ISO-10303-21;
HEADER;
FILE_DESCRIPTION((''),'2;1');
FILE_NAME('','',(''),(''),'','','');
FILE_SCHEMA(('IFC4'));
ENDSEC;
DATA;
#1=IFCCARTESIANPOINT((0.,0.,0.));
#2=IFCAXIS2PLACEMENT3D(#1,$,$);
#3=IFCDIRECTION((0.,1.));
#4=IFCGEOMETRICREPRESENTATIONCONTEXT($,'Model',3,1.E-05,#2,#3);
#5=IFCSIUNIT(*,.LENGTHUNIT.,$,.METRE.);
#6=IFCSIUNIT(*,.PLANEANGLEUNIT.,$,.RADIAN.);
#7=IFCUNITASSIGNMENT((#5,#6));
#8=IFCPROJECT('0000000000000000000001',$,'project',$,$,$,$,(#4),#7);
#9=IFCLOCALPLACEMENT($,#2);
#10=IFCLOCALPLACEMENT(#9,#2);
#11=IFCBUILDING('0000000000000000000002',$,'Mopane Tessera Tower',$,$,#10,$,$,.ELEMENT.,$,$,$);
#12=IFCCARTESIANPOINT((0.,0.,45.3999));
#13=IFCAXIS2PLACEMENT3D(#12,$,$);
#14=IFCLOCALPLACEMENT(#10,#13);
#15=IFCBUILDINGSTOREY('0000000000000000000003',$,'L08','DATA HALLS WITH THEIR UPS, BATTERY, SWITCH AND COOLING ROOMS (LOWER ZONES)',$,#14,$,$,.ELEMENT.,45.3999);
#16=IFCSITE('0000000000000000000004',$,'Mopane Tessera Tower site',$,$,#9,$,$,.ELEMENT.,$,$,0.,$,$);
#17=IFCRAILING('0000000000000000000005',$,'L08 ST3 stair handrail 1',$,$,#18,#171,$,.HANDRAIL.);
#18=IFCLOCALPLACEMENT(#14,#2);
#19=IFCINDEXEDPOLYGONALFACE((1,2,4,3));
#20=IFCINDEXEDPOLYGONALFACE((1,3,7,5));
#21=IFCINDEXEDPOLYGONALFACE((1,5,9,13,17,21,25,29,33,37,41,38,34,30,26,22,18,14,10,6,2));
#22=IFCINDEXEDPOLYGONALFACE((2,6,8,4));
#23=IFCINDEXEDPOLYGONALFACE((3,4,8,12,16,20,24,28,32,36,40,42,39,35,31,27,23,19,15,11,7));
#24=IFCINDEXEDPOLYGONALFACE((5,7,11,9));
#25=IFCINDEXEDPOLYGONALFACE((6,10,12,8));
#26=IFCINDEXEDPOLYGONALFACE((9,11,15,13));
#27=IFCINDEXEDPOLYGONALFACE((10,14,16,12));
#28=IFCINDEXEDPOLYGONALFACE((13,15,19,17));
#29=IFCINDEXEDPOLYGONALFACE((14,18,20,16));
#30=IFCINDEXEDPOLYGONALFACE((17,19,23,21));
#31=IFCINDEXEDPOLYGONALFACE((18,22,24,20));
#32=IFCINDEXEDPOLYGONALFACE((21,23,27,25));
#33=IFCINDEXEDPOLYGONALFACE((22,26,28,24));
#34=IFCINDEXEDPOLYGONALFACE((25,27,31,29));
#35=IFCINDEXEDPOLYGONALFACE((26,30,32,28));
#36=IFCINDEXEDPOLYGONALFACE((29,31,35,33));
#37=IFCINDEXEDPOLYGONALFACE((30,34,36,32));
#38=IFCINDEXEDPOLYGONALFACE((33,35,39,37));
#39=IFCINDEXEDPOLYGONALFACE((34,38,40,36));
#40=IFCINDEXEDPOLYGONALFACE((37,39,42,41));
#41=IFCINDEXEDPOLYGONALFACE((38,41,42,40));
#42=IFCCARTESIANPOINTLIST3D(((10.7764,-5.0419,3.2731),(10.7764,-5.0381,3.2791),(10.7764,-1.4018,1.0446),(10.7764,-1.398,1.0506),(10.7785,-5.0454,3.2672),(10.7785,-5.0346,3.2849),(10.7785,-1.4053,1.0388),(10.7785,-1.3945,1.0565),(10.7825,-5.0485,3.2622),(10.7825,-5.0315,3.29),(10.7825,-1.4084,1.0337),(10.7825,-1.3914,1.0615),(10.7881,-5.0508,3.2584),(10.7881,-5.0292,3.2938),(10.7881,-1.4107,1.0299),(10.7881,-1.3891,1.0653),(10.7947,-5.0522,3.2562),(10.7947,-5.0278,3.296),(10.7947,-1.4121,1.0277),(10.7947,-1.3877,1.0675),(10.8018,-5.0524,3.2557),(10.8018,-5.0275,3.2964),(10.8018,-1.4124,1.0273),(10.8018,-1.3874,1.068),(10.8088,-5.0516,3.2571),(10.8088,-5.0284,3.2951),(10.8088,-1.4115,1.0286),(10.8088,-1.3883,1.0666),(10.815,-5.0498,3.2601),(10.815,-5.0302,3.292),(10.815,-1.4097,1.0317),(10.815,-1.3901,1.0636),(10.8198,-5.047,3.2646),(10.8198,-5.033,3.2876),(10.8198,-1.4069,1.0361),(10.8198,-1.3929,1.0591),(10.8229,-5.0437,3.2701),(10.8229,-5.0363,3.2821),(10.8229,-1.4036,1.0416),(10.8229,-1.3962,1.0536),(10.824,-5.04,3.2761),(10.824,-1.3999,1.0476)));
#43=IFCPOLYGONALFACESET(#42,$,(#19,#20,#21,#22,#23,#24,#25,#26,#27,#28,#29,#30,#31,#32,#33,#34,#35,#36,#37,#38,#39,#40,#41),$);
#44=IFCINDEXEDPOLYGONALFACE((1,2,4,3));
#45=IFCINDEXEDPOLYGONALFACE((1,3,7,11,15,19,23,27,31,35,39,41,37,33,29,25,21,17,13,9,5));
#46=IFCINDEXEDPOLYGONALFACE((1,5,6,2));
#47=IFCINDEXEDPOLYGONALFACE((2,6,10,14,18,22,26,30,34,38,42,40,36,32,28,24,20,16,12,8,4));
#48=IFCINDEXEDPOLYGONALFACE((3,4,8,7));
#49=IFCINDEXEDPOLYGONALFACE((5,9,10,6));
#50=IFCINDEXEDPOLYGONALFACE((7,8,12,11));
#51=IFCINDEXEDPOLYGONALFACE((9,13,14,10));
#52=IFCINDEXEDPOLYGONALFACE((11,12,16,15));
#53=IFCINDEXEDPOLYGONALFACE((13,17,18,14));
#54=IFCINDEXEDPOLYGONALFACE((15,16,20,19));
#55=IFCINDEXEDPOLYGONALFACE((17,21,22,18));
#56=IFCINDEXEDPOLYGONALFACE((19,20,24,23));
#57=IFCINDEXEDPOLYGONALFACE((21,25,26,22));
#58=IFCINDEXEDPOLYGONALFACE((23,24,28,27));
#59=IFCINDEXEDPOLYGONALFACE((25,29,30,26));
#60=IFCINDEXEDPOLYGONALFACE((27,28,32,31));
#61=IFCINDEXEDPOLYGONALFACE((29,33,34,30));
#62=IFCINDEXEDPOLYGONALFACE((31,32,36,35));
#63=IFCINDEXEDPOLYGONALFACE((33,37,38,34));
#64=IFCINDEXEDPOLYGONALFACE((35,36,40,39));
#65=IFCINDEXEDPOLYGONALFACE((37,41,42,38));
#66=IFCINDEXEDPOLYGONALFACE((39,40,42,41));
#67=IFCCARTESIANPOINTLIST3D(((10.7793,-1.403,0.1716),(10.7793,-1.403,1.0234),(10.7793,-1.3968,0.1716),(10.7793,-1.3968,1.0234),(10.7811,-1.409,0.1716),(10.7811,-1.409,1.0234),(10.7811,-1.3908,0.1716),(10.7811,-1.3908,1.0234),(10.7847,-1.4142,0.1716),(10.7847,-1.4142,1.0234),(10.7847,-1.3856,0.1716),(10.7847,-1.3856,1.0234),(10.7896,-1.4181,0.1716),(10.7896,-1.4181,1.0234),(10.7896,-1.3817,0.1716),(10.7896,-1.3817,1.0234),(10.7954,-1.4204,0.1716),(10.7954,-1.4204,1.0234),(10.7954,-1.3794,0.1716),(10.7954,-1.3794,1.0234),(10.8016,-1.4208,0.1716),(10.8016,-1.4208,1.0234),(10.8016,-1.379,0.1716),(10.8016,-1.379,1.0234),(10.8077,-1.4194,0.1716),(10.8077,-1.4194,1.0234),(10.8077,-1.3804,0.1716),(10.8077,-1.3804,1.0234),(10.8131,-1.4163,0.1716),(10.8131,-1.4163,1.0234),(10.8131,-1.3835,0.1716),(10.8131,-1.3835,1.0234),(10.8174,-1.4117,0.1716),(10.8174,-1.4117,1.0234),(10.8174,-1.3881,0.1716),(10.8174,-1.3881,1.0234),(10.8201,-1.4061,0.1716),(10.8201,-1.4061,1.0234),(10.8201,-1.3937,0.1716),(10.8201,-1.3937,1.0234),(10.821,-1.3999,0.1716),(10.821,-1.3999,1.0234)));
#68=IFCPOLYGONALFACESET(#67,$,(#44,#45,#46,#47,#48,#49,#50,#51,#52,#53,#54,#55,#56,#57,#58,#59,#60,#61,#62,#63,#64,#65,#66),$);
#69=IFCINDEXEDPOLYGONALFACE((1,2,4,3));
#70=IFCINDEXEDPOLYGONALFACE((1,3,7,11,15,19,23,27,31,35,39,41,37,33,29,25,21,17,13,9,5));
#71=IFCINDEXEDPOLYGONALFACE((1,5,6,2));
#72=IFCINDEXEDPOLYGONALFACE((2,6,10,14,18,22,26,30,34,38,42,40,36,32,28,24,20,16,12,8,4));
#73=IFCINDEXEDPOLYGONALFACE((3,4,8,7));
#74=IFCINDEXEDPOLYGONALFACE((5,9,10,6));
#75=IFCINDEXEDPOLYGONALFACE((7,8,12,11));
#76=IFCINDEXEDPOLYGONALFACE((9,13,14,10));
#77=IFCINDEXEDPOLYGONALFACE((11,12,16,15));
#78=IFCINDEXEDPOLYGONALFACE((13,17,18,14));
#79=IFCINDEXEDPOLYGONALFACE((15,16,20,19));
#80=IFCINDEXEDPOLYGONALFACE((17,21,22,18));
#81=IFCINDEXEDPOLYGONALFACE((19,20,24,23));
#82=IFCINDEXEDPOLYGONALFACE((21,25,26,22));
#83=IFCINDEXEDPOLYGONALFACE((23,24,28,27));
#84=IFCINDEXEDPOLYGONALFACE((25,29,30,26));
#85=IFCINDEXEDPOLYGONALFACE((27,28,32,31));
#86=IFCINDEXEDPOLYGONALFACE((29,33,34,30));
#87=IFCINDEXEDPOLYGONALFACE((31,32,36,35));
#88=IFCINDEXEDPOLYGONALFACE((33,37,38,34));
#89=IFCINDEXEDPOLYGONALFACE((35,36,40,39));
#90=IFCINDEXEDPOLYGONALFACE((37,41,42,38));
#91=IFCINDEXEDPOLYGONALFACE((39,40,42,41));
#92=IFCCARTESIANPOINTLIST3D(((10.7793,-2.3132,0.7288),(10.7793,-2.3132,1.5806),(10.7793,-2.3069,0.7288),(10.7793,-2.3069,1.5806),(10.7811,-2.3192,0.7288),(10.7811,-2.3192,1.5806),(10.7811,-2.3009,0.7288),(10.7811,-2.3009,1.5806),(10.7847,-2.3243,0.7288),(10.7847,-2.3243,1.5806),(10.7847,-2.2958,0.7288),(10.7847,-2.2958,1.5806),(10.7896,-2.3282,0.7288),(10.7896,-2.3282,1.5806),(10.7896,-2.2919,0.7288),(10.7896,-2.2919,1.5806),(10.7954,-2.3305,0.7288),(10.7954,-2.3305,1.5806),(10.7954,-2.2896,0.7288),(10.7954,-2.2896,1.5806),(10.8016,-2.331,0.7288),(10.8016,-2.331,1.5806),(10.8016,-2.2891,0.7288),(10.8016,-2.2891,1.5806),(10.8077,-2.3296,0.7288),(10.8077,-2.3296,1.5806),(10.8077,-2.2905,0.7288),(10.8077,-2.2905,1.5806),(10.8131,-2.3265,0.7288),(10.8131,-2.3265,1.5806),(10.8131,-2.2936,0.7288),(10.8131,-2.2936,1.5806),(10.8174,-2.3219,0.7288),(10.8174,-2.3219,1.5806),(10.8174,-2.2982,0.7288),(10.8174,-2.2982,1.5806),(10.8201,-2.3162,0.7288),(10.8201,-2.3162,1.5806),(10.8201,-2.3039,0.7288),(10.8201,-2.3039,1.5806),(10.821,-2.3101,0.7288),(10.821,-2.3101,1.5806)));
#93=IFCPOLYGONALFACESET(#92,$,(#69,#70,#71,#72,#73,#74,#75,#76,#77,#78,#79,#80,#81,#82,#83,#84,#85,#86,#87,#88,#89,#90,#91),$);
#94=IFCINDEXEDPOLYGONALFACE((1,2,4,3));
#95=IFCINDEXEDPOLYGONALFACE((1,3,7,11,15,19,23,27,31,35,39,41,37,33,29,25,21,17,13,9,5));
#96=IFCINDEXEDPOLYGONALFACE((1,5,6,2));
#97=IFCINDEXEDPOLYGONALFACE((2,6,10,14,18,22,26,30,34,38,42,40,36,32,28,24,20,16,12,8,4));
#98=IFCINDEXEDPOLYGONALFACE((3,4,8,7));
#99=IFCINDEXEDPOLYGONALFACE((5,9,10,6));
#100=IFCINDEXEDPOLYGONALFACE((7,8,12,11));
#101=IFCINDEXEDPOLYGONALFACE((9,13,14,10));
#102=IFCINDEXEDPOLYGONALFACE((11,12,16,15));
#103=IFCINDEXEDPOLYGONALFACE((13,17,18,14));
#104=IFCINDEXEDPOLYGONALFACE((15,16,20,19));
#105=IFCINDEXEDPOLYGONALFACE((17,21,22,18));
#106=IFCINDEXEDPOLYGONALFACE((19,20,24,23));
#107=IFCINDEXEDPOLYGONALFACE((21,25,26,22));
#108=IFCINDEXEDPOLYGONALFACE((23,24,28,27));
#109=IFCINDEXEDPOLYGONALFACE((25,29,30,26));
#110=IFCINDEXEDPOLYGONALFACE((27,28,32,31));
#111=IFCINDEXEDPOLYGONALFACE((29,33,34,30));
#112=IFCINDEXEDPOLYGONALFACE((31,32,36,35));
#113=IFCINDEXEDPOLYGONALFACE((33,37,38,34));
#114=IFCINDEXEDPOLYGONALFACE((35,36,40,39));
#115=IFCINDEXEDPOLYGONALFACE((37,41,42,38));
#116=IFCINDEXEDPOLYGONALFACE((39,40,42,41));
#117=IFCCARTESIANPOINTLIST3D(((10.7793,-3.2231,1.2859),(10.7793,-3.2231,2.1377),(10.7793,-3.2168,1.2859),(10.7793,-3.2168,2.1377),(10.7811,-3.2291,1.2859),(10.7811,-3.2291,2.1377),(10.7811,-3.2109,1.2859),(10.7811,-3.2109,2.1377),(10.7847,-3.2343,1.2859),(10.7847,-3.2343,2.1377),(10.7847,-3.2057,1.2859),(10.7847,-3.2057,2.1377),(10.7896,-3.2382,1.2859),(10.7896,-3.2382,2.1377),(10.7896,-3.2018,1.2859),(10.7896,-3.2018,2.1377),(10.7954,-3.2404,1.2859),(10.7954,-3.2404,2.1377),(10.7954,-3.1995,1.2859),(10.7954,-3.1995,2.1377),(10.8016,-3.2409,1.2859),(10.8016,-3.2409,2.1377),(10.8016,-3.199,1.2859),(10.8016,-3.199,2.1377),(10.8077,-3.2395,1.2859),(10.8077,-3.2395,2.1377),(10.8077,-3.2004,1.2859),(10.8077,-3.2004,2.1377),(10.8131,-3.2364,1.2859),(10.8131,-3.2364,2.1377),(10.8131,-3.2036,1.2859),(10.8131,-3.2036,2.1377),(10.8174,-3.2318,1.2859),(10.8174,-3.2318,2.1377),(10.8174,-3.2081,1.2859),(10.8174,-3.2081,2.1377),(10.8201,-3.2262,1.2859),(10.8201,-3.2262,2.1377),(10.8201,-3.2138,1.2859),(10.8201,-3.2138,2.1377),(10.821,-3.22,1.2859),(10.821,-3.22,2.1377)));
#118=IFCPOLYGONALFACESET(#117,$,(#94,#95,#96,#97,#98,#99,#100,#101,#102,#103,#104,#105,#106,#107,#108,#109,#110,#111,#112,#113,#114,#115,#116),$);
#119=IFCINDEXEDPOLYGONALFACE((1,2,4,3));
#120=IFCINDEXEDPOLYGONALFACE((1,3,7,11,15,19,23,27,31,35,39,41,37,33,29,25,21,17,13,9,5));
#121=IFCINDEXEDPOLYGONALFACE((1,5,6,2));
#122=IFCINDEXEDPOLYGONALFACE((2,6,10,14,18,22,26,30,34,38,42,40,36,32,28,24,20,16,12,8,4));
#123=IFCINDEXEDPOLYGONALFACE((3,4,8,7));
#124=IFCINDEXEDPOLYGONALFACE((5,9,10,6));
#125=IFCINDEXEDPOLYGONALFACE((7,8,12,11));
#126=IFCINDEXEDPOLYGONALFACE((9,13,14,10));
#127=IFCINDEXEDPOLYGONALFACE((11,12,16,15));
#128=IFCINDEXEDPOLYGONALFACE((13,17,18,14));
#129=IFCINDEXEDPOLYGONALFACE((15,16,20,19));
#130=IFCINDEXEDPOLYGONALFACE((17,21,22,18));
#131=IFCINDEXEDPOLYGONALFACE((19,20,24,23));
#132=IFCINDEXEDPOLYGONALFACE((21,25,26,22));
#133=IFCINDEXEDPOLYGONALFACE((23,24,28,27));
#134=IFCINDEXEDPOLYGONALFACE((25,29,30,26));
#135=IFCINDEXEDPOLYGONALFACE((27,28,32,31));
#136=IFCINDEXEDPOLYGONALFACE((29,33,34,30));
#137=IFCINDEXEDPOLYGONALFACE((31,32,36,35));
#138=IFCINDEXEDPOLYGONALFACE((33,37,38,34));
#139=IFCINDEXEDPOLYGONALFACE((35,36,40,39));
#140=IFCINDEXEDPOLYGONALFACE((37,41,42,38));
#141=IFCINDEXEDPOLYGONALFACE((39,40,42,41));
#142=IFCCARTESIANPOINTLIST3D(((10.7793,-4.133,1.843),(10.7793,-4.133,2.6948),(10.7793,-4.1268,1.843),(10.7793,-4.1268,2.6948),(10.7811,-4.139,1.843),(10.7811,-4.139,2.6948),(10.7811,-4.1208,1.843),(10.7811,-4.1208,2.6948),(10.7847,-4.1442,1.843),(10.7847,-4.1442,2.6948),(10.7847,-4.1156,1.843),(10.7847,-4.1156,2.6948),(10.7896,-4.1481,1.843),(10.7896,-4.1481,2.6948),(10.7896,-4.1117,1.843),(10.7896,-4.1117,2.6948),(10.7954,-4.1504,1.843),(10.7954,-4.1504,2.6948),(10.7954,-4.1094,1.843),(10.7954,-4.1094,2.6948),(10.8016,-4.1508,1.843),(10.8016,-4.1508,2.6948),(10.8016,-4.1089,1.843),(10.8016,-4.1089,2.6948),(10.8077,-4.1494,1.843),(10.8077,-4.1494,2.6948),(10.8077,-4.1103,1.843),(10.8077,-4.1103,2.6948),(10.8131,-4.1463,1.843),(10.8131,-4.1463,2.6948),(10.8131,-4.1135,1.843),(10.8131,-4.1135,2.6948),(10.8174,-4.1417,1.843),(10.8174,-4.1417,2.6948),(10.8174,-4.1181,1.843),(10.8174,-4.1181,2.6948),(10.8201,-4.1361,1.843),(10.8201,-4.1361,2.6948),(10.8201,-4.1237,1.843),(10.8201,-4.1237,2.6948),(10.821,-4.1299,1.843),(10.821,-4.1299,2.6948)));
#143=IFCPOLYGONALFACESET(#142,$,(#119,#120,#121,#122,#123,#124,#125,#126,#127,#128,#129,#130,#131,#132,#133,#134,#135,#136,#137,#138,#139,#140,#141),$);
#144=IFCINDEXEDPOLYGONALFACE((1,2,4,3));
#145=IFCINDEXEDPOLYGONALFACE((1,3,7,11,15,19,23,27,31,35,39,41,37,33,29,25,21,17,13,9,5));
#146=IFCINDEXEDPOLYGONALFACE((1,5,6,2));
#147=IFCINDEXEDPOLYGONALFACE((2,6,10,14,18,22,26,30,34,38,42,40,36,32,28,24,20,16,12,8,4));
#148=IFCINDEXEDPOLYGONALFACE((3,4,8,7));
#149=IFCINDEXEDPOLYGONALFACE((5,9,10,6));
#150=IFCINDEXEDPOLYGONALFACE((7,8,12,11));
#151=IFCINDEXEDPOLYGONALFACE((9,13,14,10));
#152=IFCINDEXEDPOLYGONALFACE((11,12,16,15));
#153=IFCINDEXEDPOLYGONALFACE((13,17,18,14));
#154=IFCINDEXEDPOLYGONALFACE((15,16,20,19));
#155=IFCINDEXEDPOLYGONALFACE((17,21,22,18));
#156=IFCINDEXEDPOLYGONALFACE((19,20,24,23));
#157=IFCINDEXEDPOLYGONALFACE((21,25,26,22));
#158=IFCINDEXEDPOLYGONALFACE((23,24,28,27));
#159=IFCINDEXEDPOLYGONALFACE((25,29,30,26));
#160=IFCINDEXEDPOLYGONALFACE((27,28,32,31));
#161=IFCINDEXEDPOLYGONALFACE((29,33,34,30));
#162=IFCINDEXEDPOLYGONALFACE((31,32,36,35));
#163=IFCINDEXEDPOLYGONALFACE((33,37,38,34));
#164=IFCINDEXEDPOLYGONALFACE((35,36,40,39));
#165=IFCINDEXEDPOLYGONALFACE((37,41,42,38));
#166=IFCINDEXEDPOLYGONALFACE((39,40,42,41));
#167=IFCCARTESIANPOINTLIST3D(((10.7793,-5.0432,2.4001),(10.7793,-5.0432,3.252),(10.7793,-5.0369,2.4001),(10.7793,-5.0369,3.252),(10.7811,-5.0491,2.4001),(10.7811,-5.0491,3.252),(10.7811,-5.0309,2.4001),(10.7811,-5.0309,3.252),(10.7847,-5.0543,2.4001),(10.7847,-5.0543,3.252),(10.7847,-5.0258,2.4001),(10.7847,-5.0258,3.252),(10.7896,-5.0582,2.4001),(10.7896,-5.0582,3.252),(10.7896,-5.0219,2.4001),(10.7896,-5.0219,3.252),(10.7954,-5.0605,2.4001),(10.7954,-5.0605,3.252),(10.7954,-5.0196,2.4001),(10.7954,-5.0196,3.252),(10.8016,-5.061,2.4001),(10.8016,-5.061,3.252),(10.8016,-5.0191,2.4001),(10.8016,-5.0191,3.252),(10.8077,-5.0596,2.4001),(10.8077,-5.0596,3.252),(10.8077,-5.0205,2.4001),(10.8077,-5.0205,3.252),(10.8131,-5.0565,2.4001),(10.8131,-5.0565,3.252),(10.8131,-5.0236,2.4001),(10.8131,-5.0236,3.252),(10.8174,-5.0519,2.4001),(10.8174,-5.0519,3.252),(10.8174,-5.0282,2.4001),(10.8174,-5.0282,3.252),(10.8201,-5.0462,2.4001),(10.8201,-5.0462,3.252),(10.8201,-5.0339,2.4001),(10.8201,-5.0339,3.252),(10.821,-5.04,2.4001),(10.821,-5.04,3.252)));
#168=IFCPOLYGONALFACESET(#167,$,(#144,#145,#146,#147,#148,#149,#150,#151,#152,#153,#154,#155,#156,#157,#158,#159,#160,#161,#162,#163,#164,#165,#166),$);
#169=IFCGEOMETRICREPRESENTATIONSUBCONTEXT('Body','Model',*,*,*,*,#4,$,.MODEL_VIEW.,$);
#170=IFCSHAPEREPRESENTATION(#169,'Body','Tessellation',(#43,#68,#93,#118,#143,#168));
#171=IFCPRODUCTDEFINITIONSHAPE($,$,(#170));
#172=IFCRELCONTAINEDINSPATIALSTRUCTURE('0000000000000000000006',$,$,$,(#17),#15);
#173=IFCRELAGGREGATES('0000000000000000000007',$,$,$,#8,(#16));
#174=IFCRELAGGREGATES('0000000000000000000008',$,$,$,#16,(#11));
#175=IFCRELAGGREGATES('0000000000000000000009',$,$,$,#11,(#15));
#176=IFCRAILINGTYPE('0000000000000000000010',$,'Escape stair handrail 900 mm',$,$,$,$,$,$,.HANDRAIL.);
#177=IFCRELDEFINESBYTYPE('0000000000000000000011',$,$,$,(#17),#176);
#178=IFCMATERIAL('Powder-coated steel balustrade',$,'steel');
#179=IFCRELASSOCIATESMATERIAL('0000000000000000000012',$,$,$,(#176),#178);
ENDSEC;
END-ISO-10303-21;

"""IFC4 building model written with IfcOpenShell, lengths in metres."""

from ifc_helpers import new_model, si_unit, direction, frame, origin, origin_2d, place, context, subcontext, project, spatial, circle, extrude, material, type_object, element, save


model = new_model("IFC4")

# Units and contexts
model_context = context("Model", 3, precision=1e-05, world=origin(), true_north=direction((0.0, 1.0)))
body_context = subcontext(model_context, "Body", "Model", "MODEL_VIEW")
ifc_project = project(units=[si_unit("LENGTHUNIT", "METRE"), si_unit("PLANEANGLEUNIT", "RADIAN")], contexts=[model_context])

# Site, building, storey
site_placement = place(None, origin())
site = spatial("IfcSite", under=ifc_project, at=site_placement, Name="Mopane Tessera Tower site", CompositionType="ELEMENT", RefElevation=0.0)
building_placement = place(site_placement, origin())
building = spatial("IfcBuilding", under=site, at=building_placement, Name="Mopane Tessera Tower", CompositionType="ELEMENT")
storey_placement = place(building_placement, frame((0.0, 0.0, 45.3999)))
storey = spatial("IfcBuildingStorey", under=building, at=storey_placement, Name="L08", Description="DATA HALLS WITH THEIR UPS, BATTERY, SWITCH AND COOLING ROOMS (LOWER ZONES)", CompositionType="ELEMENT", Elevation=45.3999)

# Railing
ifc_material_1 = material(Name="Powder-coated steel balustrade", Category="steel")
railing_type_1 = type_object("IfcRailingType", Name="Escape stair handrail 900 mm", PredefinedType="HANDRAIL", material=ifc_material_1)
railing_1_placement = place(storey_placement, frame((10.8, -1.3999, 0.1716)))
element("IfcRailing", 1, at=railing_1_placement, inside=storey, type_object=railing_type_1, Name="L08 ST3 stair handrail 1", PredefinedType="HANDRAIL", context=body_context, shape_type="SweptSolid", body=[
    extrude(circle(Radius=0.0239, at=origin_2d()), frame((0.0, 0.0, 0.876), z_axis=(0.0, -0.852866, 0.52213), x_axis=(1.0, 0.0, 0.0)), (0.0, 0.0, 1.0), 4.2681),
    extrude(circle(Radius=0.021, at=origin_2d()), origin(), (0.0, 0.0, 1.0), 0.8518),
    extrude(circle(Radius=0.021, at=origin_2d()), frame((0.0, -0.9102, 0.5571)), (0.0, 0.0, 1.0), 0.8518),
    extrude(circle(Radius=0.021, at=origin_2d()), frame((0.0, -1.8201, 1.1143)), (0.0, 0.0, 1.0), 0.8518),
    extrude(circle(Radius=0.021, at=origin_2d()), frame((0.0, -2.73, 1.6714)), (0.0, 0.0, 1.0), 0.8518),
    extrude(circle(Radius=0.021, at=origin_2d()), frame((0.0, -3.6401, 2.2285)), (0.0, 0.0, 1.0), 0.8518),
])

save(model, "model.ifc")
